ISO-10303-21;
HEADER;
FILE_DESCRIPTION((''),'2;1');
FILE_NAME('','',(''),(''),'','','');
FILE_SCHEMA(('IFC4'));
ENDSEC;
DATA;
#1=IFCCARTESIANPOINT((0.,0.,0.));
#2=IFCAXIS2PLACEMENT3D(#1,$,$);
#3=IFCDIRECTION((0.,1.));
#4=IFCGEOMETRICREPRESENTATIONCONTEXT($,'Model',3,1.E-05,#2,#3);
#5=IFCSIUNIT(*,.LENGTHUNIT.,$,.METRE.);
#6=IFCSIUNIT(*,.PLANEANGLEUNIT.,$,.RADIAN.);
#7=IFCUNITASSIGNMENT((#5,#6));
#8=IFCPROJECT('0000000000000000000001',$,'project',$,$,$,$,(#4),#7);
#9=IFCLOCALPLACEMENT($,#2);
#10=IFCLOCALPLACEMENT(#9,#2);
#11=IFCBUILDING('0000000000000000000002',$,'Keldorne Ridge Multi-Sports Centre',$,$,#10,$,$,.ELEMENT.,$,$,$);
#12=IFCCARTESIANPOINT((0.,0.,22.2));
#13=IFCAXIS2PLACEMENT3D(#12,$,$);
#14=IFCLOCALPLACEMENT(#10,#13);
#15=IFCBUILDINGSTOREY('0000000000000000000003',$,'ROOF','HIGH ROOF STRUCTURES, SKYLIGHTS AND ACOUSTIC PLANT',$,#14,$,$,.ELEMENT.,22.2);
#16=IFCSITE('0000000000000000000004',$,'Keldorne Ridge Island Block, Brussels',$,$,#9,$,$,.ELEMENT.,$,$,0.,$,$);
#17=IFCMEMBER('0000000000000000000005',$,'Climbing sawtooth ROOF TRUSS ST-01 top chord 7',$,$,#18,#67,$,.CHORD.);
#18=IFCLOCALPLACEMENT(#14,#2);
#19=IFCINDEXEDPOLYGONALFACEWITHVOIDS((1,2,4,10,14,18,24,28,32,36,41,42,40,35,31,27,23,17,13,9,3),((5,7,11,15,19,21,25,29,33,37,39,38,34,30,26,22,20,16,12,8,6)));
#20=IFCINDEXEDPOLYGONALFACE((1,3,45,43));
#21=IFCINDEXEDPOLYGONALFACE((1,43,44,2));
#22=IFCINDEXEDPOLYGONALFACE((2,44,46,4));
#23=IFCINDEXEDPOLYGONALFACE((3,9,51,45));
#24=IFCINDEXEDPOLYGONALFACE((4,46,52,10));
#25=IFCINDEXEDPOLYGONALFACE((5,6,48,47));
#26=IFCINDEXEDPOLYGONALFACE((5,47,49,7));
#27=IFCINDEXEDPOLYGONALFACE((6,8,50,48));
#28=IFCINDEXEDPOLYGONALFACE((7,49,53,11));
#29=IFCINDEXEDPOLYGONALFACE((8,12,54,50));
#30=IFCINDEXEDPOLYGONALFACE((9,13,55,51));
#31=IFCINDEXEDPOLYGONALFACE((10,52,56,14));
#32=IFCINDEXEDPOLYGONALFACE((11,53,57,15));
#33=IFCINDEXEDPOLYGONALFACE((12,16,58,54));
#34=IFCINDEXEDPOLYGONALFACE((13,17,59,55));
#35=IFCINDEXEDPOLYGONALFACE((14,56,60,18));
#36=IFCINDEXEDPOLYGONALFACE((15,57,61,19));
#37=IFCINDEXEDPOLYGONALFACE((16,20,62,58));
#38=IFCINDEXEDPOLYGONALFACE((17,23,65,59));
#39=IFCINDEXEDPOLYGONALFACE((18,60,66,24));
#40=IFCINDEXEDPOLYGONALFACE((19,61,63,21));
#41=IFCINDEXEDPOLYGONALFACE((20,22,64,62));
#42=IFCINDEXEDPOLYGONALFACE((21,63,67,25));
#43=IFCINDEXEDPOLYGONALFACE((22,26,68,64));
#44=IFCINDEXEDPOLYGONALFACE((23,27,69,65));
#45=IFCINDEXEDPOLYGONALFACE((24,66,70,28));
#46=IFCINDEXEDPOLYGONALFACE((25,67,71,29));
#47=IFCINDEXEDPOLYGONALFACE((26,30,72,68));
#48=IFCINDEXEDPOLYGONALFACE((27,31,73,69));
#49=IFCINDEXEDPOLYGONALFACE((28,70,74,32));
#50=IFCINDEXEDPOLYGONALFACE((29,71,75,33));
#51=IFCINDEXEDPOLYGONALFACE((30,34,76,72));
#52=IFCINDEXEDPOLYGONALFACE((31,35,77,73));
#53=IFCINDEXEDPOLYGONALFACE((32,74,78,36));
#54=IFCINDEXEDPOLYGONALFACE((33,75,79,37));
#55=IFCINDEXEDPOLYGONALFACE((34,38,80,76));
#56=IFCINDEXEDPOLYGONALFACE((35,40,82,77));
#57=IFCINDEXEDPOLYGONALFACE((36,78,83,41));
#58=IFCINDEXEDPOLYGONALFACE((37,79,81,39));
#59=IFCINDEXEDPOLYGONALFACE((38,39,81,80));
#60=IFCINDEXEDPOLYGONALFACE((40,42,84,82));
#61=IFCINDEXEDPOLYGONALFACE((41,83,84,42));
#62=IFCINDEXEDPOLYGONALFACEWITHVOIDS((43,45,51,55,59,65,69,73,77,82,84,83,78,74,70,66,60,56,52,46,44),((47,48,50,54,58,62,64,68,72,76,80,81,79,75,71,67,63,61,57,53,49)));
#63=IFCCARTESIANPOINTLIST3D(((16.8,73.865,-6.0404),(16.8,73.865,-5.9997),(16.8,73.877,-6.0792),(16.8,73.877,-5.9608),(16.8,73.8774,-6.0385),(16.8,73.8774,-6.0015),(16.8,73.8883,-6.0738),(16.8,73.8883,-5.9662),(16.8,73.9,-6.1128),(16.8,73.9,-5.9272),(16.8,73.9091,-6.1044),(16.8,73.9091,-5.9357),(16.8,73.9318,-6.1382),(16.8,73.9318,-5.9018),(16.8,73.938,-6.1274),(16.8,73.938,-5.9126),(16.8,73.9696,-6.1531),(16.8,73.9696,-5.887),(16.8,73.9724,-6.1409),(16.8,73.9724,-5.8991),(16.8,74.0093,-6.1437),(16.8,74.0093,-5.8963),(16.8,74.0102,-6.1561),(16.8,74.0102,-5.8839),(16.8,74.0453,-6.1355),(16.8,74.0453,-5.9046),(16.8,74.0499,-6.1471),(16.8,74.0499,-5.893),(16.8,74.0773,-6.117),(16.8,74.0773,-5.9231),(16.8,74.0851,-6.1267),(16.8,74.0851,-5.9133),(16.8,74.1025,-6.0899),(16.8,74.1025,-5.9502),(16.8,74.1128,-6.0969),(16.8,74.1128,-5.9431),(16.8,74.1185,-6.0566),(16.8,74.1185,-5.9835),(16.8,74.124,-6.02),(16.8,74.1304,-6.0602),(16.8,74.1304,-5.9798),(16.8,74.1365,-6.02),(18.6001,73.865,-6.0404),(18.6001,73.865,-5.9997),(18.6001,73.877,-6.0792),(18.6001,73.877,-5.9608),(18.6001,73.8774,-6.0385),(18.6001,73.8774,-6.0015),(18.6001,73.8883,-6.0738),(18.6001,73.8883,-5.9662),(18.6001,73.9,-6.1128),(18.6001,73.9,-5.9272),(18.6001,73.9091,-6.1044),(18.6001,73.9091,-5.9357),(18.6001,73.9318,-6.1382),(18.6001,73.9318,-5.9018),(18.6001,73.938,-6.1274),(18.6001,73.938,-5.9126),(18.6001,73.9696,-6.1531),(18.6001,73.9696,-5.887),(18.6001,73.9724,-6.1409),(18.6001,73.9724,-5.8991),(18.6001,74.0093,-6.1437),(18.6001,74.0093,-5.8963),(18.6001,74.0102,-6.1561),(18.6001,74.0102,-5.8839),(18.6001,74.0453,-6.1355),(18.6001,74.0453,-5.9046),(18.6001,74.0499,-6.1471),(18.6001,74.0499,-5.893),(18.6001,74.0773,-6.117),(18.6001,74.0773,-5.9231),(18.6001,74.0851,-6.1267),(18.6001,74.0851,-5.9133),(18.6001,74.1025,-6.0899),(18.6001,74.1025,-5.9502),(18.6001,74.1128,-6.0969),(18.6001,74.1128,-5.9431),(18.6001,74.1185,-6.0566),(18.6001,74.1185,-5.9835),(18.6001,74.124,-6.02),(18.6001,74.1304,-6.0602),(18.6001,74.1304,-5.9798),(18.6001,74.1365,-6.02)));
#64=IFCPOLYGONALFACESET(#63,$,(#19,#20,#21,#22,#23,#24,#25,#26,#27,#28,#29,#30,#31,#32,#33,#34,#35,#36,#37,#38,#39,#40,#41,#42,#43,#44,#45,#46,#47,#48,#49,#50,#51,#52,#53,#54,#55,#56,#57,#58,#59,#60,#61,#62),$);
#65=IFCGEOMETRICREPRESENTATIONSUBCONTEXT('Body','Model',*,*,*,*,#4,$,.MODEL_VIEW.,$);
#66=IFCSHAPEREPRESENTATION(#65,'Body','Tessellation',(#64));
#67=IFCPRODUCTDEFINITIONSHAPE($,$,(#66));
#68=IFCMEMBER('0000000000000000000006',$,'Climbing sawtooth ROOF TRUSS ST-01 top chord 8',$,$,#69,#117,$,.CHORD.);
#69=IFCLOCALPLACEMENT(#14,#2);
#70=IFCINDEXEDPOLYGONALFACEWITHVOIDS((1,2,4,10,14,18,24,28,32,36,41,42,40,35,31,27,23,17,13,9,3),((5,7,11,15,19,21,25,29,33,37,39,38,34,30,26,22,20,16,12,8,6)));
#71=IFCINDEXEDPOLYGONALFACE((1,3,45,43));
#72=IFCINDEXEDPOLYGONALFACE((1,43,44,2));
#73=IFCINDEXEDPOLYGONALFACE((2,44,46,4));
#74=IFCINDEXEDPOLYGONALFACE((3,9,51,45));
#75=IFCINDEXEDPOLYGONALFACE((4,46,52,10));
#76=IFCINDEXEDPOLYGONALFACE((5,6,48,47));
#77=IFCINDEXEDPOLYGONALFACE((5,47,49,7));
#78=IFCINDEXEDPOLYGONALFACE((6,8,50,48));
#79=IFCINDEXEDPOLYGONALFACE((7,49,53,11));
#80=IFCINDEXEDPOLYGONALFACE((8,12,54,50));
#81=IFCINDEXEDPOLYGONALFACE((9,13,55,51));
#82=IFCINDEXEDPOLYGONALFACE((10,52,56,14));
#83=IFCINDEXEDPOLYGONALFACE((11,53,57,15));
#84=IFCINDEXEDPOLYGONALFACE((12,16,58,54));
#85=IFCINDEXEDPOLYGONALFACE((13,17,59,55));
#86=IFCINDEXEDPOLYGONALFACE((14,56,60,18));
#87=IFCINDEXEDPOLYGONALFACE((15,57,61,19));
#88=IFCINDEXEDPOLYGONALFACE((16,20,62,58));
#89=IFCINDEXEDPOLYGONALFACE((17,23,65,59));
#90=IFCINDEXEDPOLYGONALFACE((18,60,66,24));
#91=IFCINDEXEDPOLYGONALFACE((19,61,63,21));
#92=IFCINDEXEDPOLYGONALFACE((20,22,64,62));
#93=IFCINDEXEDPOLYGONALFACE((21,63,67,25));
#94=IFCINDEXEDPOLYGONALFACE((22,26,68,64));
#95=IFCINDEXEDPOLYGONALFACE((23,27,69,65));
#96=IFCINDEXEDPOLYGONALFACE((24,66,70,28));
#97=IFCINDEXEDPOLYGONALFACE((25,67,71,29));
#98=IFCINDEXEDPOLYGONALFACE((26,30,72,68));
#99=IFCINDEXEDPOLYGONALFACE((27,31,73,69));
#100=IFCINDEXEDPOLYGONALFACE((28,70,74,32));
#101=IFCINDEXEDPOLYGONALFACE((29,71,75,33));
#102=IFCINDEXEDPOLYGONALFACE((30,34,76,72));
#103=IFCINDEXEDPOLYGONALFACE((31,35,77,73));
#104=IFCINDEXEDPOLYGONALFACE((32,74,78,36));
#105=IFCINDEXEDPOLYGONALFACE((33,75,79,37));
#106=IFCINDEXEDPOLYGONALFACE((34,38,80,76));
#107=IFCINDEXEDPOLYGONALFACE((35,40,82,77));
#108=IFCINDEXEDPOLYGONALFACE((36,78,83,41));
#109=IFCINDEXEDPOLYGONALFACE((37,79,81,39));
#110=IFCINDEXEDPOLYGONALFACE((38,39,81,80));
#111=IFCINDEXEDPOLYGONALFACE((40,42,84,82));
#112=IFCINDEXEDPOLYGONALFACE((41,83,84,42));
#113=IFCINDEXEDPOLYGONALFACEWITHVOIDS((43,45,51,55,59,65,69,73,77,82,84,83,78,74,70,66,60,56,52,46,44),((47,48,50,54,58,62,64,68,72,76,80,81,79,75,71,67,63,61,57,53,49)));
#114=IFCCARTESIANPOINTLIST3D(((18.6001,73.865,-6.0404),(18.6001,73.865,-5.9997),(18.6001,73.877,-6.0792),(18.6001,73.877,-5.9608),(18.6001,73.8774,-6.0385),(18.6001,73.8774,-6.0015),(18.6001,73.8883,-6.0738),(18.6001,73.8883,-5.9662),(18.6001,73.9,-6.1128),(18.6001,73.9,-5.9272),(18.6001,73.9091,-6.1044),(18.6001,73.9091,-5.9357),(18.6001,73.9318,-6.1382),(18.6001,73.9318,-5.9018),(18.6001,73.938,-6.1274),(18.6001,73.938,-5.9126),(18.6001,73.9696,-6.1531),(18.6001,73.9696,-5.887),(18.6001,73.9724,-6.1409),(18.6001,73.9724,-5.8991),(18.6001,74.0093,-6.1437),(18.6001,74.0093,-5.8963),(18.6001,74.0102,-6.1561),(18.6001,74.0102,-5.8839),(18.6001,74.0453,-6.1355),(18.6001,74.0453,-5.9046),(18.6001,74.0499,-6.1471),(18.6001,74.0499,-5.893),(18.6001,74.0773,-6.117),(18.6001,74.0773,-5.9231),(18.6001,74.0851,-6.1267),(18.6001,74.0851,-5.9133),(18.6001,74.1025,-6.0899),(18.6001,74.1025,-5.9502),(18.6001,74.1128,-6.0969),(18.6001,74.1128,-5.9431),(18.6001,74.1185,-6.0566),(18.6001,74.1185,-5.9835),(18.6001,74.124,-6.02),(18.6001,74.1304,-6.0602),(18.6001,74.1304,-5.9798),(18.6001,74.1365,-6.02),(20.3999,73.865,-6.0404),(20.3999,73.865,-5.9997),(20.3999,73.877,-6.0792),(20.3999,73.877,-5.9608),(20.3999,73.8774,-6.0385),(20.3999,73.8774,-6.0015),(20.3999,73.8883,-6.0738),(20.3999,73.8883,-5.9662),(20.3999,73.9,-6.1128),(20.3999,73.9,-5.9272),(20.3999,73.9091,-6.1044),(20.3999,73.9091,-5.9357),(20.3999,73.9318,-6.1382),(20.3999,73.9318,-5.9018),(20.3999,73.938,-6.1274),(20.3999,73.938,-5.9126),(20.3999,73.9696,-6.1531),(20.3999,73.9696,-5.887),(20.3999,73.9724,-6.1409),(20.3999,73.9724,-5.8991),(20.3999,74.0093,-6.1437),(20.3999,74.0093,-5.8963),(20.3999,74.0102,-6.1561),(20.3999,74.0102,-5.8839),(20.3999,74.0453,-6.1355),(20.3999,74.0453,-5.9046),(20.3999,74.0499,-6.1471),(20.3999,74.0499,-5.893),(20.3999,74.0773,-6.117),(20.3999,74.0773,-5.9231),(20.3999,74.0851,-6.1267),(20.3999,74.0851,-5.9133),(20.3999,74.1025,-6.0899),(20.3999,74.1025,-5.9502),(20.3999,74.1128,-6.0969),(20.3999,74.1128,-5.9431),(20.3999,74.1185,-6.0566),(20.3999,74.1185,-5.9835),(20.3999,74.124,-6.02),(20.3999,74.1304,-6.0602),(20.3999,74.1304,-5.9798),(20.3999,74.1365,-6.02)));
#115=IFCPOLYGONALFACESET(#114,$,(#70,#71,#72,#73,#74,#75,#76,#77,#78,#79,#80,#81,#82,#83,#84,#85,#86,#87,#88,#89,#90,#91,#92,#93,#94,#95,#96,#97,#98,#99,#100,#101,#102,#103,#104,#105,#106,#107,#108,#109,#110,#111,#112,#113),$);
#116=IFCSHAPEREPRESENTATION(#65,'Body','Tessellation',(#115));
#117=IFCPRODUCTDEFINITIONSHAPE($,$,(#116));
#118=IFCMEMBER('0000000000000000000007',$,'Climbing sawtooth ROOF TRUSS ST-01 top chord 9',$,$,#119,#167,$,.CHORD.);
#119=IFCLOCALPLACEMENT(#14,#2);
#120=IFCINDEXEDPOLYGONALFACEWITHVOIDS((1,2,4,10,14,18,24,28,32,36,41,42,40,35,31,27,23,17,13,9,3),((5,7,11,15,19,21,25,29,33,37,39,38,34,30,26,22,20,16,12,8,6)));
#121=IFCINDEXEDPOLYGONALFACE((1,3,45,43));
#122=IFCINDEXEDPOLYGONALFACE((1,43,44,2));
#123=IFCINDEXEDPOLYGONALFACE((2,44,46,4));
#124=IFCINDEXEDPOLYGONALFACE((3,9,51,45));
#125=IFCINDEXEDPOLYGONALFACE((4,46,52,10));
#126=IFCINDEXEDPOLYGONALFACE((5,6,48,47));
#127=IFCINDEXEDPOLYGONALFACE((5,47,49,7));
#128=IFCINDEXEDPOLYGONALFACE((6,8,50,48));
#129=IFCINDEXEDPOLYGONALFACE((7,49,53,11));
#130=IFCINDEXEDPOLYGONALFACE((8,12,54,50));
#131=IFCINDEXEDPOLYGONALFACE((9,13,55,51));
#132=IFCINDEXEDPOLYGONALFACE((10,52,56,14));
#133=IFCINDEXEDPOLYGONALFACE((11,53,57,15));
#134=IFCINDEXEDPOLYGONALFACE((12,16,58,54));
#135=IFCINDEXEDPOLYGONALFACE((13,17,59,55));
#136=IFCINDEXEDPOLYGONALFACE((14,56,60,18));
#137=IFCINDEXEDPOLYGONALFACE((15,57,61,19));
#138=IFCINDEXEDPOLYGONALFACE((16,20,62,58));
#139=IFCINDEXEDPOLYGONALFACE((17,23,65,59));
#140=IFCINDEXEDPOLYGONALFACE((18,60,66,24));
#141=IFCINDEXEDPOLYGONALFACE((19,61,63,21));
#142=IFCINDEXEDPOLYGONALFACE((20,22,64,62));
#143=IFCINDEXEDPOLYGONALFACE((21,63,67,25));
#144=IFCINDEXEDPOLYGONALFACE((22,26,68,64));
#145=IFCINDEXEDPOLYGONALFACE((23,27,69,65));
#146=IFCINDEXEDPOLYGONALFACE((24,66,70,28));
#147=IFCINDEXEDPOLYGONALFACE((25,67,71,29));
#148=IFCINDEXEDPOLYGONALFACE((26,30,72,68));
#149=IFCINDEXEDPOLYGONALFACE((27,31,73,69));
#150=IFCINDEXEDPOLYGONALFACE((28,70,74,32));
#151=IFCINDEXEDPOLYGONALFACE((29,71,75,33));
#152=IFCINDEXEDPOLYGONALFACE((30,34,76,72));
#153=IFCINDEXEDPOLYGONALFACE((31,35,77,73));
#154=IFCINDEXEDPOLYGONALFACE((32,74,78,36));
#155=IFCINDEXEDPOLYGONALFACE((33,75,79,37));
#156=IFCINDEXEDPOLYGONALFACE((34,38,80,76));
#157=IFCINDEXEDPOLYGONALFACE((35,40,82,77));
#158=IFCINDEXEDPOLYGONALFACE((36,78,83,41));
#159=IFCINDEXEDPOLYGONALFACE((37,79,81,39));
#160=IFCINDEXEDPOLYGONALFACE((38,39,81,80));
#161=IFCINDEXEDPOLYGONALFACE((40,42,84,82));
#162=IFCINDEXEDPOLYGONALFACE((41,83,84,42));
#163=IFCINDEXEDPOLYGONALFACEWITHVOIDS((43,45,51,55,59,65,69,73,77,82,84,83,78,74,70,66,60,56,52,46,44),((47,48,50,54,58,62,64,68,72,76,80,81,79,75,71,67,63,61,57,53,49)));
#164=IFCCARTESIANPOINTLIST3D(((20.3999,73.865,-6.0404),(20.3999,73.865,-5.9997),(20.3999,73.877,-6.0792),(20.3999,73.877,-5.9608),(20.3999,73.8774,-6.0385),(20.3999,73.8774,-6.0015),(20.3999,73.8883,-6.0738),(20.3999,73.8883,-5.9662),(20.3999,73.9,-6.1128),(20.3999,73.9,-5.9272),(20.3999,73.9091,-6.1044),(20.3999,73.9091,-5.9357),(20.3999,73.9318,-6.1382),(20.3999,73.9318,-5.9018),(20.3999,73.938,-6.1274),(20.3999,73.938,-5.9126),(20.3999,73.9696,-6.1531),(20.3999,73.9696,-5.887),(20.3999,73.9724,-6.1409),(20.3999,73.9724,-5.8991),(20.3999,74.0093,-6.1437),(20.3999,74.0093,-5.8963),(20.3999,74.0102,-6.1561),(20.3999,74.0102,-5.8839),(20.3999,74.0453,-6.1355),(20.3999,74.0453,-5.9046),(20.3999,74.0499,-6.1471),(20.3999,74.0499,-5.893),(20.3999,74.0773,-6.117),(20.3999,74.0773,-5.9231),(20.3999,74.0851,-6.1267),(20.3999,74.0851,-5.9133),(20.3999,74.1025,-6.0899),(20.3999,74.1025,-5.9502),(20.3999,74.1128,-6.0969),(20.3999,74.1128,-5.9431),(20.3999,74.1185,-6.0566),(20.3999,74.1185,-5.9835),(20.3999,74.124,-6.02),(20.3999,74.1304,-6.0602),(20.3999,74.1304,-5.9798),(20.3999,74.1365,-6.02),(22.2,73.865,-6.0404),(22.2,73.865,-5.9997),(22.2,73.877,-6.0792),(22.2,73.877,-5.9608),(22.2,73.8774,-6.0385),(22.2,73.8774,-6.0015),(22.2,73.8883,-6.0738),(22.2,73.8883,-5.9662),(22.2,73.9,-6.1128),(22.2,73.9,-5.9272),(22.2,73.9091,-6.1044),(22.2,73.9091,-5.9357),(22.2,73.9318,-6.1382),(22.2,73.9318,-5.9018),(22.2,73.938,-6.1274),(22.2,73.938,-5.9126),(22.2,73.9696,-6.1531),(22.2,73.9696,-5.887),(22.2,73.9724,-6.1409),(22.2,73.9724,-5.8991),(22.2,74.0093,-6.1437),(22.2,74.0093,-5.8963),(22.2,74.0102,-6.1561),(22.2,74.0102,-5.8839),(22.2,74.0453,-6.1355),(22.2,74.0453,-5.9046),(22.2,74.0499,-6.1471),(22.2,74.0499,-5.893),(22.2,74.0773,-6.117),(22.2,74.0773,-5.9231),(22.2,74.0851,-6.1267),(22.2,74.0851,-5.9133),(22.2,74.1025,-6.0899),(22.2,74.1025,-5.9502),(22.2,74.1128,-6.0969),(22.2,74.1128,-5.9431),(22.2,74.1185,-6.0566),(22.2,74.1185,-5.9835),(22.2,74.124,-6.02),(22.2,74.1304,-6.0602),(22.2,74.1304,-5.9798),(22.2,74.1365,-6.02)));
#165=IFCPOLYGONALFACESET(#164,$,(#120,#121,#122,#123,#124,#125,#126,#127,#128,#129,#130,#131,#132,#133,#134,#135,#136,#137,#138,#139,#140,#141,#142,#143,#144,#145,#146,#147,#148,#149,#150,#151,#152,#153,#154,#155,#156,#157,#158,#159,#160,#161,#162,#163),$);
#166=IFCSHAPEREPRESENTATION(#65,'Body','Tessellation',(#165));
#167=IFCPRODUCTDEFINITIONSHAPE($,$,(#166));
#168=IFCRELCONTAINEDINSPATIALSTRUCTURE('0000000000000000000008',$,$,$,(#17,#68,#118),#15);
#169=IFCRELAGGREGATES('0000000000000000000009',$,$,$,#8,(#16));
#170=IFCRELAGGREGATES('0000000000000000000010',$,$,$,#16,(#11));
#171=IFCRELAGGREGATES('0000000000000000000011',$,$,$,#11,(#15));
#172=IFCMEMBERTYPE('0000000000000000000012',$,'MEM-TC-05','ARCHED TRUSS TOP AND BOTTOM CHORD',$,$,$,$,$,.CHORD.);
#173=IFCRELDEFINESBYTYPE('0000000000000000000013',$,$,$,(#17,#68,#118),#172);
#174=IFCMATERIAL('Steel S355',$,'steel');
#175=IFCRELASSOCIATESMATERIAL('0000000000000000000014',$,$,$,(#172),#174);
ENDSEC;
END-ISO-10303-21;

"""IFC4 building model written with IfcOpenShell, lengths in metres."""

from ifc_helpers import new_model, si_unit, direction, frame, origin, origin_2d, place, context, subcontext, project, spatial, hollow_circle, extrude, material, material_profile, profile_set, type_object, element, save


model = new_model("IFC4")

# Units and contexts
model_context = context("Model", 3, precision=1e-05, world=origin(), true_north=direction((0.0, 1.0)))
body_context = subcontext(model_context, "Body", "Model", "MODEL_VIEW")
ifc_project = project(units=[si_unit("LENGTHUNIT", "METRE"), si_unit("PLANEANGLEUNIT", "RADIAN")], contexts=[model_context])

# Site, building, storey
site_placement = place(None, origin())
site = spatial("IfcSite", under=ifc_project, at=site_placement, Name="Keldorne Ridge Island Block, Brussels", CompositionType="ELEMENT", RefElevation=0.0)
building_placement = place(site_placement, origin())
building = spatial("IfcBuilding", under=site, at=building_placement, Name="Keldorne Ridge Multi-Sports Centre", CompositionType="ELEMENT")
storey_placement = place(building_placement, frame((0.0, 0.0, 22.2)))
storey = spatial("IfcBuildingStorey", under=building, at=storey_placement, Name="ROOF", Description="HIGH ROOF STRUCTURES, SKYLIGHTS AND ACOUSTIC PLANT", CompositionType="ELEMENT", Elevation=22.2)

# Shared definitions
ifc_material_1 = material(Name="Steel S355", Category="steel")

# Members
ifc_material_profile_1 = material_profile(ifc_material_1, hollow_circle(Radius=0.1365, WallThickness=0.0125, at=origin_2d()), Name="CHS 273x12.5")
ifc_profile_set_1 = profile_set([ifc_material_profile_1], Name="Steel S355")
member_type_1 = type_object("IfcMemberType", Name="MEM-TC-05", Description="ARCHED TRUSS TOP AND BOTTOM CHORD", PredefinedType="CHORD", material=ifc_profile_set_1)
for number, where, z_axis, x_axis, name in (
    (1, (16.8, 74.0, -6.02), (1.0, 0.0, 0.0), (0.0, 1.0, 0.0), "Climbing sawtooth ROOF TRUSS ST-01 top chord 7"),
):
    element("IfcMember", number, at=place(storey_placement, frame(where, z_axis=z_axis, x_axis=x_axis)), inside=storey, type_object=member_type_1, Name=name, PredefinedType="CHORD", context=body_context, shape_type="SweptSolid", body=[
        extrude(hollow_circle(Radius=0.1365, WallThickness=0.0125, at=origin_2d()), origin(), (0.0, 0.0, 1.0), 1.8),
    ])
member_1_placement = place(storey_placement, frame((18.6001, 74.0, -6.02), z_axis=(1.0, 0.0, 0.0), x_axis=(0.0, 1.0, 0.0)))
element("IfcMember", 2, at=member_1_placement, inside=storey, type_object=member_type_1, Name="Climbing sawtooth ROOF TRUSS ST-01 top chord 8", PredefinedType="CHORD", context=body_context, shape_type="SweptSolid", body=[
    extrude(hollow_circle(Radius=0.1365, WallThickness=0.0125, at=origin_2d()), origin(), (0.0, 0.0, 1.0), 1.7998),
])
for number, where, z_axis, x_axis, name in (
    (3, (20.3999, 74.0, -6.02), (1.0, 0.0, 0.0), (0.0, 1.0, 0.0), "Climbing sawtooth ROOF TRUSS ST-01 top chord 9"),
):
    element("IfcMember", number, at=place(storey_placement, frame(where, z_axis=z_axis, x_axis=x_axis)), inside=storey, type_object=member_type_1, Name=name, PredefinedType="CHORD", context=body_context, shape_type="SweptSolid", body=[
        extrude(hollow_circle(Radius=0.1365, WallThickness=0.0125, at=origin_2d()), origin(), (0.0, 0.0, 1.0), 1.8),
    ])

save(model, "model.ifc")
